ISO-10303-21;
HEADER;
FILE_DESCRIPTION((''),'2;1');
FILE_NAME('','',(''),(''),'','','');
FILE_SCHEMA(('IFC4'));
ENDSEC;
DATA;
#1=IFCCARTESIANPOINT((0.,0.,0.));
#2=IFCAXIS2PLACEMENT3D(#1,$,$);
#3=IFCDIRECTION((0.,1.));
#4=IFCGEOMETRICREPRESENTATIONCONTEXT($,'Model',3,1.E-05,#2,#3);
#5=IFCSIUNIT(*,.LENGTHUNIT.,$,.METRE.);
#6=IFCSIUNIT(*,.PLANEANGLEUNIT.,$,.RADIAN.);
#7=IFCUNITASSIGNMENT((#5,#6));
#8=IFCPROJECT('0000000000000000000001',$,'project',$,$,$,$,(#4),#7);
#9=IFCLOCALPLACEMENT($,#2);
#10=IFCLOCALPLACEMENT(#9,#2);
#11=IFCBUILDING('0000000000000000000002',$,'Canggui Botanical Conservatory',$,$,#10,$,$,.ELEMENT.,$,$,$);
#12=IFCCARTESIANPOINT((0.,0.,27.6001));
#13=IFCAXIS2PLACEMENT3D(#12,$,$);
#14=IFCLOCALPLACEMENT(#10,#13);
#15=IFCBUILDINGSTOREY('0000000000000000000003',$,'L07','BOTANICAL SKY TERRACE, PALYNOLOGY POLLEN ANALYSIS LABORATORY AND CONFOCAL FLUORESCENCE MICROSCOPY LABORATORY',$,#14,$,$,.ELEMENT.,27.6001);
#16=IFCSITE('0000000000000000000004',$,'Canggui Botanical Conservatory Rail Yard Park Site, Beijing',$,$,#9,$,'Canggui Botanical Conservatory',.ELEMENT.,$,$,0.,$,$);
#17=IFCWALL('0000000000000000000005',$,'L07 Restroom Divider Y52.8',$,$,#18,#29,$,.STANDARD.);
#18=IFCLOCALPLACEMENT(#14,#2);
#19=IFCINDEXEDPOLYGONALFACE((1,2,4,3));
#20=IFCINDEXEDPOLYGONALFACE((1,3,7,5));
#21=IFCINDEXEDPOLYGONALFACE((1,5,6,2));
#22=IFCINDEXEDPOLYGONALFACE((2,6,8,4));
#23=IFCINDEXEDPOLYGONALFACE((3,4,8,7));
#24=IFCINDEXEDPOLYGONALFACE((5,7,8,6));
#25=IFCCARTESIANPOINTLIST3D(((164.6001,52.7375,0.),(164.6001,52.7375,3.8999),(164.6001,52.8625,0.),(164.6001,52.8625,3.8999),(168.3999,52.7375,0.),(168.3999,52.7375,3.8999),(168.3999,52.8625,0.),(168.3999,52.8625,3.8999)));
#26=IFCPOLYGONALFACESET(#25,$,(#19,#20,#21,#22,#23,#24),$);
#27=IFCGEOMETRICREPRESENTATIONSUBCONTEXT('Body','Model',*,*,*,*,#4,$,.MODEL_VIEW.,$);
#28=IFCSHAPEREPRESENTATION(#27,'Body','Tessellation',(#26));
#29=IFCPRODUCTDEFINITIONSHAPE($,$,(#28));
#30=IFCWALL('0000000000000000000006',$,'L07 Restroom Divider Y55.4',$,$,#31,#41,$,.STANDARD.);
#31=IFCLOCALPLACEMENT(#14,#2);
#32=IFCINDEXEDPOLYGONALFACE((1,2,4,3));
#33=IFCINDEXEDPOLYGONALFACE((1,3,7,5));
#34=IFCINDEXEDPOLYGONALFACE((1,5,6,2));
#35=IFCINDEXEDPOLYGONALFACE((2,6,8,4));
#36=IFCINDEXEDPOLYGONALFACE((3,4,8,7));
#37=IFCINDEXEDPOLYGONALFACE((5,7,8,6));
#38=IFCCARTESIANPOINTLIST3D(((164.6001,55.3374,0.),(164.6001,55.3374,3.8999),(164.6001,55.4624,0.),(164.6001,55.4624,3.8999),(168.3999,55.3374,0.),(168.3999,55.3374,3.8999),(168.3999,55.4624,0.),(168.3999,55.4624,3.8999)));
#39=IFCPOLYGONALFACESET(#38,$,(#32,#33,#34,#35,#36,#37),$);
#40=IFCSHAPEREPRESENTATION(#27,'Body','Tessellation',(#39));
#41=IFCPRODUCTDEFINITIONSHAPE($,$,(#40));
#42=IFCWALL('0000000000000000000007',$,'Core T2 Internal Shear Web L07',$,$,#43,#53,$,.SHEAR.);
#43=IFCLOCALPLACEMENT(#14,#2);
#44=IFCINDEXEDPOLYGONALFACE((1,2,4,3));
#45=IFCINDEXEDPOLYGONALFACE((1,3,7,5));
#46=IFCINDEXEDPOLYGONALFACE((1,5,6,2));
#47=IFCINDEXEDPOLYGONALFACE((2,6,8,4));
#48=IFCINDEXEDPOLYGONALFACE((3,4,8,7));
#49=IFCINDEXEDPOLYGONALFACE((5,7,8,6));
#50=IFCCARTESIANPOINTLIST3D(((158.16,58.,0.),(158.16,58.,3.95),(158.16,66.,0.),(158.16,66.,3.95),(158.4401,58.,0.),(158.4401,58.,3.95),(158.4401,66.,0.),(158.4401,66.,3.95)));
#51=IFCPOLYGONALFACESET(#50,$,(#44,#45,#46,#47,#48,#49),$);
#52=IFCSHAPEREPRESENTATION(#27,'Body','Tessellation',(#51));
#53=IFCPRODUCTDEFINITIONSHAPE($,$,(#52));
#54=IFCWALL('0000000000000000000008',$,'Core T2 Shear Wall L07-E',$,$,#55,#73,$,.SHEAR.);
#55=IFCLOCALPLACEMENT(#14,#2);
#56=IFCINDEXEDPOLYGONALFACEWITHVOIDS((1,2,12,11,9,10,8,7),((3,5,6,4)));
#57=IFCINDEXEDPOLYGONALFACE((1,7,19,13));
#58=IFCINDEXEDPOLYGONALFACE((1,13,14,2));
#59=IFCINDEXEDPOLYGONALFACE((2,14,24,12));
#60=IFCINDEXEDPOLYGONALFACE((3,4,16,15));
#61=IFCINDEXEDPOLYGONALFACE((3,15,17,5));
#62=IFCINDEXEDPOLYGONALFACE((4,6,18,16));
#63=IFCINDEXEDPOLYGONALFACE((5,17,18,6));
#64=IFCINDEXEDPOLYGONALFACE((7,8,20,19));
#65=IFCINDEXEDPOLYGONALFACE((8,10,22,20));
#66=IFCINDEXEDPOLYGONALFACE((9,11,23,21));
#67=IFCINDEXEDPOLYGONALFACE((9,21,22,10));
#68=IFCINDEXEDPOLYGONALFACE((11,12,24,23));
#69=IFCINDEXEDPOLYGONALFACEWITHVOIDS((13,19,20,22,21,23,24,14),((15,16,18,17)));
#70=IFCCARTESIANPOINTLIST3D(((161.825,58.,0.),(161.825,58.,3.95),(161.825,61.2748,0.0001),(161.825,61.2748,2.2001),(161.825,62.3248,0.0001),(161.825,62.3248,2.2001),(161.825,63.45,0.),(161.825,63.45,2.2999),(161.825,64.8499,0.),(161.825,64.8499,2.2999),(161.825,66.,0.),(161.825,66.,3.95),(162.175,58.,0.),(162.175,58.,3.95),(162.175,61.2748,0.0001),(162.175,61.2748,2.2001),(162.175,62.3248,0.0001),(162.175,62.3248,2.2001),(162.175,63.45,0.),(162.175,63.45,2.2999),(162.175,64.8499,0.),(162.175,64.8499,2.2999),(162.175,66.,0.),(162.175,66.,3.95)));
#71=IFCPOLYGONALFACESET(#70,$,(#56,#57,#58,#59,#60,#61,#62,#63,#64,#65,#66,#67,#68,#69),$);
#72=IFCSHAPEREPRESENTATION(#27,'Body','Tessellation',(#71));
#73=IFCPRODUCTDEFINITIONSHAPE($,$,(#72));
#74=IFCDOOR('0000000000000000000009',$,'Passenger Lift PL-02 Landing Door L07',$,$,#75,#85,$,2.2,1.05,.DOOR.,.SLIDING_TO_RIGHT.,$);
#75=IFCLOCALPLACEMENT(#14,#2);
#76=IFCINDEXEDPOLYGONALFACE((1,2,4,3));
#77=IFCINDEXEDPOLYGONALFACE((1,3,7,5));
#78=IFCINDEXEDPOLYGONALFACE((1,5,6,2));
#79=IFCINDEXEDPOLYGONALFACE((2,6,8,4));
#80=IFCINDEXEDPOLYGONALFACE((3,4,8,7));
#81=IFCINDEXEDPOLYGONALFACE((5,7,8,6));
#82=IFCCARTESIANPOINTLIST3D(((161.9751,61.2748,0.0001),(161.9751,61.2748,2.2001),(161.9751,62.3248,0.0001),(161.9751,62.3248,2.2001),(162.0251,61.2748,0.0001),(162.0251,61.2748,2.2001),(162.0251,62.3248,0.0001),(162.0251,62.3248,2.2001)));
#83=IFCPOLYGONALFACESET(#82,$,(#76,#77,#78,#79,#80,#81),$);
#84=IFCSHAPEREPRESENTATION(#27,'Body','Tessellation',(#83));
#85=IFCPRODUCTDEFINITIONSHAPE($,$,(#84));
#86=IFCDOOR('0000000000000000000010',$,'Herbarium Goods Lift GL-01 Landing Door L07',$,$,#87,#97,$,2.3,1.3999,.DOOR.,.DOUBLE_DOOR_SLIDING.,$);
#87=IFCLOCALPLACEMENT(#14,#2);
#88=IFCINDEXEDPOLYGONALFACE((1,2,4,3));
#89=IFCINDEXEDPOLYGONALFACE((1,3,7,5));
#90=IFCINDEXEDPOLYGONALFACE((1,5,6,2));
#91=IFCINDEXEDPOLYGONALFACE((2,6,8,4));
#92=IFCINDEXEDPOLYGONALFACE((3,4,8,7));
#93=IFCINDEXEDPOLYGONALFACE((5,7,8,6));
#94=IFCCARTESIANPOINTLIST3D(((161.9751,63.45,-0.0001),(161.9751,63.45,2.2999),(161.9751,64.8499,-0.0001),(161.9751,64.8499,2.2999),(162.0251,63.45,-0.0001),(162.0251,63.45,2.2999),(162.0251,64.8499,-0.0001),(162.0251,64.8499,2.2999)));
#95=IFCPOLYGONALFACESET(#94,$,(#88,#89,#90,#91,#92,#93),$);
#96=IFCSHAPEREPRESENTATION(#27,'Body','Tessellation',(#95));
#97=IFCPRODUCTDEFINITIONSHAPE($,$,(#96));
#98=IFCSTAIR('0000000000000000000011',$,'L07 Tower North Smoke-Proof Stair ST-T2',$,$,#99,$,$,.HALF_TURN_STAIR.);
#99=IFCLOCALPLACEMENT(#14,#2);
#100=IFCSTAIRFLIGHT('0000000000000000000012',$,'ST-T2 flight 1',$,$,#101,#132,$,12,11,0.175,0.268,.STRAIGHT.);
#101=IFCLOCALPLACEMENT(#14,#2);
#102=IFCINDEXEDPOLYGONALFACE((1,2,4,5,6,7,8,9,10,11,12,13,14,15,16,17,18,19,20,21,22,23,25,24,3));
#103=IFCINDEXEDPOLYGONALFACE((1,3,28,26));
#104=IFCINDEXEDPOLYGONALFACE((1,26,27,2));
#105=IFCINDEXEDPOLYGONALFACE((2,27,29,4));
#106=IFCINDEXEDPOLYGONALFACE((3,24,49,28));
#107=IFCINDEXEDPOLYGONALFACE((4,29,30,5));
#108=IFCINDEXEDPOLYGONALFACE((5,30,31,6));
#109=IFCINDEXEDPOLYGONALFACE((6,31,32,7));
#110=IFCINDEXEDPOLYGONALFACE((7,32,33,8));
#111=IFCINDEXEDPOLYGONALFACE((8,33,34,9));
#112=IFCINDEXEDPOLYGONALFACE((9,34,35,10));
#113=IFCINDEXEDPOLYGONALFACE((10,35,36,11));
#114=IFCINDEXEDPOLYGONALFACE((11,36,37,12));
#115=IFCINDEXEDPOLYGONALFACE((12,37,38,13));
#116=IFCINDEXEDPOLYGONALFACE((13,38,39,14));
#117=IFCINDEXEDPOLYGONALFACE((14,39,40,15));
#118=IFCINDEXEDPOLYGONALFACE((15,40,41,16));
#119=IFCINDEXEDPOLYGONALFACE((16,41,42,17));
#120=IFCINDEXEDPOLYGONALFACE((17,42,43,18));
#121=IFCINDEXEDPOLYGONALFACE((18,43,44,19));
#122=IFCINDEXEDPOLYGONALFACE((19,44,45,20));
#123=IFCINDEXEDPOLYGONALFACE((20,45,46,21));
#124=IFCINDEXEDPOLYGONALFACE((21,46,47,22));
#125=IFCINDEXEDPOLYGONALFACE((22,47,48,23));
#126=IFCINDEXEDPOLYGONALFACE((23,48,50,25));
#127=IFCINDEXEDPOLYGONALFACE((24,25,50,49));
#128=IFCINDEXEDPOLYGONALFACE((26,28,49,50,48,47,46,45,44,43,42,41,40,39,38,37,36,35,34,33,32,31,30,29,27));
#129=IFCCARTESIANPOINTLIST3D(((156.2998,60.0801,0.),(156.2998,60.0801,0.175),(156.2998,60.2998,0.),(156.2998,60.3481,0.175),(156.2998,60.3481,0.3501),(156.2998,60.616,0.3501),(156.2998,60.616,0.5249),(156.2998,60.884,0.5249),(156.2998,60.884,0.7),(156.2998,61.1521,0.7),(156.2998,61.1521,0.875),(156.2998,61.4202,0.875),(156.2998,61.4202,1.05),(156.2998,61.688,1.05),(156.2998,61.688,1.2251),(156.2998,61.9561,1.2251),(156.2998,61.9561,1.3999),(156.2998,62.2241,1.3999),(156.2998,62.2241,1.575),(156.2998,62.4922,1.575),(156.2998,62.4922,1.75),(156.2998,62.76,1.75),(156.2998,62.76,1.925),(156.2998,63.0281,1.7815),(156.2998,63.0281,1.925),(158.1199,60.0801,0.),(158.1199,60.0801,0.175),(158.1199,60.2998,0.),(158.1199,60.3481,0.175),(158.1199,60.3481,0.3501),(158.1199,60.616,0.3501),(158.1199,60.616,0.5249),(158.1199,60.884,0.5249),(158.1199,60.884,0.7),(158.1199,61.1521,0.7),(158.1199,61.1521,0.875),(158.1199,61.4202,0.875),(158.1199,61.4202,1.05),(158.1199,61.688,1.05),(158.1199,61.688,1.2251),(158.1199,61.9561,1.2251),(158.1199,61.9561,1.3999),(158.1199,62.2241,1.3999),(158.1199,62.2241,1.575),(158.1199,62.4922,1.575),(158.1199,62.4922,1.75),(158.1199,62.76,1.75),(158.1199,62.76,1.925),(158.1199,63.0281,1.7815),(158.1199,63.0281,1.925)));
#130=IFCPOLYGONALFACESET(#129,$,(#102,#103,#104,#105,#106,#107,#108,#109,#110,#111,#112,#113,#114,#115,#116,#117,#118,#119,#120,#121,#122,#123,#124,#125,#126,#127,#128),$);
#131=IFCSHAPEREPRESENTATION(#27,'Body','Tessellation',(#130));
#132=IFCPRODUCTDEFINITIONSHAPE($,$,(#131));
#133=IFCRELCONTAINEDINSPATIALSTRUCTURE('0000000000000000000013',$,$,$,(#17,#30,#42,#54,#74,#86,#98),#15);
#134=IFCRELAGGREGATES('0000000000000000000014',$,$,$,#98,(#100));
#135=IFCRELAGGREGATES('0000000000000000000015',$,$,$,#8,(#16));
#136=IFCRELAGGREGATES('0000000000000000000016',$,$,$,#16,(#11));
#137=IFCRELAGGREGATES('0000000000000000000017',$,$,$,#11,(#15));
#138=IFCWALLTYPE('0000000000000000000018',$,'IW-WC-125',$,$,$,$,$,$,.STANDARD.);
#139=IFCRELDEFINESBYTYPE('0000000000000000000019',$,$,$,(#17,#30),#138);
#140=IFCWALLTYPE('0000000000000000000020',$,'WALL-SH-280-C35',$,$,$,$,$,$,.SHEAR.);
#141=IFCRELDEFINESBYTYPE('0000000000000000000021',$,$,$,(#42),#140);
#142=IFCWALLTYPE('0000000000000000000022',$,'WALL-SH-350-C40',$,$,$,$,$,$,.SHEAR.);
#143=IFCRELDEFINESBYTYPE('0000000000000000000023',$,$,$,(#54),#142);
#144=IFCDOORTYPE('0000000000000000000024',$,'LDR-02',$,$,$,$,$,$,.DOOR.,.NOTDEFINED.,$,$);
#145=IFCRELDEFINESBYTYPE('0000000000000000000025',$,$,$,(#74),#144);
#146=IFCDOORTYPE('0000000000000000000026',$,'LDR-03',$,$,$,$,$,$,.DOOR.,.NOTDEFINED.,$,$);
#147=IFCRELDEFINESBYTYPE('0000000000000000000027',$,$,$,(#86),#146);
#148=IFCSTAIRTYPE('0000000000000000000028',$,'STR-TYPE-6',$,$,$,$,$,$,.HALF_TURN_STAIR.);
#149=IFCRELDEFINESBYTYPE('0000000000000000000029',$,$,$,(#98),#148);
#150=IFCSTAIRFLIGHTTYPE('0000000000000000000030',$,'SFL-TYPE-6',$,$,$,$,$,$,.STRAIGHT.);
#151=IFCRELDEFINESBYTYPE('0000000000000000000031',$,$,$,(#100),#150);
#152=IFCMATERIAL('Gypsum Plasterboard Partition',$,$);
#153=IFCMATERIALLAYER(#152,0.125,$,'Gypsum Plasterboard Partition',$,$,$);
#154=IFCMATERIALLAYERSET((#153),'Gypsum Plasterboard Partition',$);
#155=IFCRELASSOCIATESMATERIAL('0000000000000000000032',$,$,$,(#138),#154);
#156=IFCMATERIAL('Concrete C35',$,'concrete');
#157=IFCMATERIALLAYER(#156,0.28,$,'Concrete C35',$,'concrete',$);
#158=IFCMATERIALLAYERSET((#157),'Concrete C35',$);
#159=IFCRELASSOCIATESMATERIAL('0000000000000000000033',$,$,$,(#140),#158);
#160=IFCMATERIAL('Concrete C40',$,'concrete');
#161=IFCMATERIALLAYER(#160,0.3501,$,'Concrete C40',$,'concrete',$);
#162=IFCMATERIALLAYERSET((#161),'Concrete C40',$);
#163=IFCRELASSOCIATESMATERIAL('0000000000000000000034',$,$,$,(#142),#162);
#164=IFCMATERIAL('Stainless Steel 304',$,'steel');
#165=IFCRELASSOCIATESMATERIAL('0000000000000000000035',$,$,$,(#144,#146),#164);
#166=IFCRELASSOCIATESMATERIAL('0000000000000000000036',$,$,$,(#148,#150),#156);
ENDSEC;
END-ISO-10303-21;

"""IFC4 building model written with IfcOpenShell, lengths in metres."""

from ifc_helpers import new_model, si_unit, direction, frame, frame_2d, origin, place, context, subcontext, project, spatial, polyline, rectangle, outline, extrude, material, layer, layer_set, type_object, element, fill, aggregate, save


model = new_model("IFC4")

# Units and contexts
model_context = context("Model", 3, precision=1e-05, world=origin(), true_north=direction((0.0, 1.0)))
body_context = subcontext(model_context, "Body", "Model", "MODEL_VIEW")
ifc_project = project(units=[si_unit("LENGTHUNIT", "METRE"), si_unit("PLANEANGLEUNIT", "RADIAN")], contexts=[model_context])

# Site, building, storey
site_placement = place(None, origin())
site = spatial("IfcSite", under=ifc_project, at=site_placement, Name="Canggui Botanical Conservatory Rail Yard Park Site, Beijing", LongName="Canggui Botanical Conservatory", CompositionType="ELEMENT", RefElevation=0.0)
building_placement = place(site_placement, origin())
building = spatial("IfcBuilding", under=site, at=building_placement, Name="Canggui Botanical Conservatory", CompositionType="ELEMENT")
storey_placement = place(building_placement, frame((0.0, 0.0, 27.6001)))
storey = spatial("IfcBuildingStorey", under=building, at=storey_placement, Name="L07", Description="BOTANICAL SKY TERRACE, PALYNOLOGY POLLEN ANALYSIS LABORATORY AND CONFOCAL FLUORESCENCE MICROSCOPY LABORATORY", CompositionType="ELEMENT", Elevation=27.6001)

# Shared definitions
ifc_material_1 = material(Name="Concrete C40", Category="concrete")

# Shared definitions
ifc_material_2 = material(Name="Concrete C35", Category="concrete")

# Shared definitions
ifc_material_3 = material(Name="Gypsum Plasterboard Partition")
ifc_layer_1 = layer(ifc_material_3, 0.125, Name="Gypsum Plasterboard Partition")
ifc_layer_set_1 = layer_set([ifc_layer_1], Name="Gypsum Plasterboard Partition")
wall_type_1 = type_object("IfcWallType", Name="IW-WC-125", PredefinedType="STANDARD", material=ifc_layer_set_1)

# Walls
for number, where, z_axis, x_axis, name in (
    (1, (164.6001, 52.8, 0.0), (0.0, 0.0, 1.0), (1.0, 0.0, 0.0), "L07 Restroom Divider Y52.8"),
    (2, (164.6001, 55.3999, 0.0), (0.0, 0.0, 1.0), (1.0, 0.0, 0.0), "L07 Restroom Divider Y55.4"),
):
    element("IfcWall", number, at=place(storey_placement, frame(where, z_axis=z_axis, x_axis=x_axis)), inside=storey, type_object=wall_type_1, Name=name, PredefinedType="STANDARD", context=body_context, shape_type="SweptSolid", body=[
        extrude(rectangle(XDim=3.7998, YDim=0.125, at=frame_2d((1.8999, 0.0))), origin(), (0.0, 0.0, 1.0), 3.8999),
    ])
ifc_layer_2 = layer(ifc_material_2, 0.28, Name="Concrete C35", Category="concrete")
ifc_layer_set_2 = layer_set([ifc_layer_2], Name="Concrete C35")
wall_type_2 = type_object("IfcWallType", Name="WALL-SH-280-C35", PredefinedType="SHEAR", material=ifc_layer_set_2)
wall_1_placement = place(storey_placement, frame((158.3, 58.0, 0.0), z_axis=(0.0, 0.0, 1.0), x_axis=(0.0, 1.0, 0.0)))
element("IfcWall", 3, at=wall_1_placement, inside=storey, type_object=wall_type_2, Name="Core T2 Internal Shear Web L07", PredefinedType="SHEAR", context=body_context, shape_type="SweptSolid", body=[
    extrude(rectangle(XDim=8.0, YDim=0.28, at=frame_2d((4.0, 0.0))), origin(), (0.0, 0.0, 1.0), 3.95),
])

# Wall, openings, doors
ifc_layer_3 = layer(ifc_material_1, 0.3501, Name="Concrete C40", Category="concrete")
ifc_layer_set_3 = layer_set([ifc_layer_3], Name="Concrete C40")
wall_type_3 = type_object("IfcWallType", Name="WALL-SH-350-C40", PredefinedType="SHEAR", material=ifc_layer_set_3)
wall_2_placement = place(storey_placement, frame((162.0, 58.0, 0.0), z_axis=(0.0, 0.0, 1.0), x_axis=(0.0, 1.0, 0.0)))
wall_2 = element("IfcWall", 4, at=wall_2_placement, inside=storey, type_object=wall_type_3, Name="Core T2 Shear Wall L07-E", PredefinedType="SHEAR", context=body_context, shape_type="SweptSolid", body=[
    extrude(rectangle(XDim=8.0, YDim=0.3501, at=frame_2d((4.0, 0.0))), origin(), (0.0, 0.0, 1.0), 3.95),
])
opening_1_placement = place(wall_2_placement, frame((3.2749, 0.0, 0.0)))
opening_1 = element("IfcOpeningElement", 5, at=opening_1_placement, cuts=wall_2, PredefinedType="OPENING", context=body_context, shape_type="SweptSolid", body=[
    extrude(rectangle(XDim=1.05, YDim=2.2, at=frame_2d((0.5249, 1.1001))), frame((0.0, 0.1851, 0.0), z_axis=(0.0, -1.0, 0.0), x_axis=(1.0, 0.0, 0.0)), (0.0, 0.0, 1.0), 0.3701),
])
opening_2_placement = place(wall_2_placement, frame((5.45, 0.0, 0.0)))
opening_2 = element("IfcOpeningElement", 6, at=opening_2_placement, cuts=wall_2, PredefinedType="OPENING", context=body_context, shape_type="SweptSolid", body=[
    extrude(rectangle(XDim=1.3999, YDim=2.3, at=frame_2d((0.7, 1.1499))), frame((0.0, 0.1851, 0.0), z_axis=(0.0, -1.0, 0.0), x_axis=(1.0, 0.0, 0.0)), (0.0, 0.0, 1.0), 0.3701),
])
ifc_material_4 = material(Name="Stainless Steel 304", Category="steel")
door_type_1 = type_object("IfcDoorType", Name="LDR-02", OperationType="NOTDEFINED", PredefinedType="DOOR", material=ifc_material_4)
door_1_placement = place(opening_1_placement, origin())
door_1 = element("IfcDoor", 7, at=door_1_placement, inside=storey, type_object=door_type_1, Name="Passenger Lift PL-02 Landing Door L07", OperationType="SLIDING_TO_RIGHT", OverallHeight=2.2, OverallWidth=1.05, PredefinedType="DOOR", context=body_context, shape_type="SweptSolid", body=[
    extrude(rectangle(XDim=1.05, YDim=2.2, at=frame_2d((0.5249, 1.1001))), frame((0.0, 0.0249, 0.0), z_axis=(0.0, -1.0, 0.0), x_axis=(1.0, 0.0, 0.0)), (0.0, 0.0, 1.0), 0.05),
])
fill(opening_1, door_1)
door_type_2 = type_object("IfcDoorType", Name="LDR-03", OperationType="NOTDEFINED", PredefinedType="DOOR", material=ifc_material_4)
door_2_placement = place(opening_2_placement, origin())
door_2 = element("IfcDoor", 8, at=door_2_placement, inside=storey, type_object=door_type_2, Name="Herbarium Goods Lift GL-01 Landing Door L07", OperationType="DOUBLE_DOOR_SLIDING", OverallHeight=2.3, OverallWidth=1.3999, PredefinedType="DOOR", context=body_context, shape_type="SweptSolid", body=[
    extrude(rectangle(XDim=1.3999, YDim=2.3, at=frame_2d((0.7, 1.1499))), frame((0.0, 0.0249, 0.0), z_axis=(0.0, -1.0, 0.0), x_axis=(1.0, 0.0, 0.0)), (0.0, 0.0, 1.0), 0.05),
])
fill(opening_2, door_2)

# Stair, stair flight
stair_type = type_object("IfcStairType", Name="STR-TYPE-6", PredefinedType="HALF_TURN_STAIR", material=ifc_material_2)
stair_placement = place(storey_placement, origin())
stair = element("IfcStair", 9, at=stair_placement, inside=storey, type_object=stair_type, Name="L07 Tower North Smoke-Proof Stair ST-T2", PredefinedType="HALF_TURN_STAIR")
stair_flight_type = type_object("IfcStairFlightType", Name="SFL-TYPE-6", PredefinedType="STRAIGHT", material=ifc_material_2)
stair_flight_placement = place(storey_placement, frame((157.21, 60.0801, 0.0), z_axis=(0.0, 0.0, 1.0), x_axis=(0.0, 1.0, 0.0)))
stair_flight = element("IfcStairFlight", 10, at=stair_flight_placement, type_object=stair_flight_type, Name="ST-T2 flight 1", NumberOfRisers=12, NumberOfTreads=11, PredefinedType="STRAIGHT", RiserHeight=0.175, TreadLength=0.268, context=body_context, shape_type="SweptSolid", body=[
    extrude(outline(polyline([(0.0, 0.0), (0.0, 0.175), (0.2681, 0.175), (0.2681, 0.3501), (0.5359, 0.3501), (0.5359, 0.5249), (0.804, 0.5249), (0.804, 0.7), (1.072, 0.7), (1.072, 0.875), (1.3401, 0.875), (1.3401, 1.05), (1.6079, 1.05), (1.6079, 1.2251), (1.876, 1.2251), (1.876, 1.3999), (2.144, 1.3999), (2.144, 1.575), (2.4121, 1.575), (2.4121, 1.75), (2.6799, 1.75), (2.6799, 1.925), (2.948, 1.925), (2.948, 2.1001), (2.948, 1.7815), (0.2197, 0.0), (0.0, 0.0)])), frame((0.0, 0.9102, 0.0), z_axis=(0.0, -1.0, 0.0), x_axis=(1.0, 0.0, 0.0)), (0.0, 0.0, 1.0), 1.8201),
])
aggregate(stair, [stair_flight])

save(model, "model.ifc")
